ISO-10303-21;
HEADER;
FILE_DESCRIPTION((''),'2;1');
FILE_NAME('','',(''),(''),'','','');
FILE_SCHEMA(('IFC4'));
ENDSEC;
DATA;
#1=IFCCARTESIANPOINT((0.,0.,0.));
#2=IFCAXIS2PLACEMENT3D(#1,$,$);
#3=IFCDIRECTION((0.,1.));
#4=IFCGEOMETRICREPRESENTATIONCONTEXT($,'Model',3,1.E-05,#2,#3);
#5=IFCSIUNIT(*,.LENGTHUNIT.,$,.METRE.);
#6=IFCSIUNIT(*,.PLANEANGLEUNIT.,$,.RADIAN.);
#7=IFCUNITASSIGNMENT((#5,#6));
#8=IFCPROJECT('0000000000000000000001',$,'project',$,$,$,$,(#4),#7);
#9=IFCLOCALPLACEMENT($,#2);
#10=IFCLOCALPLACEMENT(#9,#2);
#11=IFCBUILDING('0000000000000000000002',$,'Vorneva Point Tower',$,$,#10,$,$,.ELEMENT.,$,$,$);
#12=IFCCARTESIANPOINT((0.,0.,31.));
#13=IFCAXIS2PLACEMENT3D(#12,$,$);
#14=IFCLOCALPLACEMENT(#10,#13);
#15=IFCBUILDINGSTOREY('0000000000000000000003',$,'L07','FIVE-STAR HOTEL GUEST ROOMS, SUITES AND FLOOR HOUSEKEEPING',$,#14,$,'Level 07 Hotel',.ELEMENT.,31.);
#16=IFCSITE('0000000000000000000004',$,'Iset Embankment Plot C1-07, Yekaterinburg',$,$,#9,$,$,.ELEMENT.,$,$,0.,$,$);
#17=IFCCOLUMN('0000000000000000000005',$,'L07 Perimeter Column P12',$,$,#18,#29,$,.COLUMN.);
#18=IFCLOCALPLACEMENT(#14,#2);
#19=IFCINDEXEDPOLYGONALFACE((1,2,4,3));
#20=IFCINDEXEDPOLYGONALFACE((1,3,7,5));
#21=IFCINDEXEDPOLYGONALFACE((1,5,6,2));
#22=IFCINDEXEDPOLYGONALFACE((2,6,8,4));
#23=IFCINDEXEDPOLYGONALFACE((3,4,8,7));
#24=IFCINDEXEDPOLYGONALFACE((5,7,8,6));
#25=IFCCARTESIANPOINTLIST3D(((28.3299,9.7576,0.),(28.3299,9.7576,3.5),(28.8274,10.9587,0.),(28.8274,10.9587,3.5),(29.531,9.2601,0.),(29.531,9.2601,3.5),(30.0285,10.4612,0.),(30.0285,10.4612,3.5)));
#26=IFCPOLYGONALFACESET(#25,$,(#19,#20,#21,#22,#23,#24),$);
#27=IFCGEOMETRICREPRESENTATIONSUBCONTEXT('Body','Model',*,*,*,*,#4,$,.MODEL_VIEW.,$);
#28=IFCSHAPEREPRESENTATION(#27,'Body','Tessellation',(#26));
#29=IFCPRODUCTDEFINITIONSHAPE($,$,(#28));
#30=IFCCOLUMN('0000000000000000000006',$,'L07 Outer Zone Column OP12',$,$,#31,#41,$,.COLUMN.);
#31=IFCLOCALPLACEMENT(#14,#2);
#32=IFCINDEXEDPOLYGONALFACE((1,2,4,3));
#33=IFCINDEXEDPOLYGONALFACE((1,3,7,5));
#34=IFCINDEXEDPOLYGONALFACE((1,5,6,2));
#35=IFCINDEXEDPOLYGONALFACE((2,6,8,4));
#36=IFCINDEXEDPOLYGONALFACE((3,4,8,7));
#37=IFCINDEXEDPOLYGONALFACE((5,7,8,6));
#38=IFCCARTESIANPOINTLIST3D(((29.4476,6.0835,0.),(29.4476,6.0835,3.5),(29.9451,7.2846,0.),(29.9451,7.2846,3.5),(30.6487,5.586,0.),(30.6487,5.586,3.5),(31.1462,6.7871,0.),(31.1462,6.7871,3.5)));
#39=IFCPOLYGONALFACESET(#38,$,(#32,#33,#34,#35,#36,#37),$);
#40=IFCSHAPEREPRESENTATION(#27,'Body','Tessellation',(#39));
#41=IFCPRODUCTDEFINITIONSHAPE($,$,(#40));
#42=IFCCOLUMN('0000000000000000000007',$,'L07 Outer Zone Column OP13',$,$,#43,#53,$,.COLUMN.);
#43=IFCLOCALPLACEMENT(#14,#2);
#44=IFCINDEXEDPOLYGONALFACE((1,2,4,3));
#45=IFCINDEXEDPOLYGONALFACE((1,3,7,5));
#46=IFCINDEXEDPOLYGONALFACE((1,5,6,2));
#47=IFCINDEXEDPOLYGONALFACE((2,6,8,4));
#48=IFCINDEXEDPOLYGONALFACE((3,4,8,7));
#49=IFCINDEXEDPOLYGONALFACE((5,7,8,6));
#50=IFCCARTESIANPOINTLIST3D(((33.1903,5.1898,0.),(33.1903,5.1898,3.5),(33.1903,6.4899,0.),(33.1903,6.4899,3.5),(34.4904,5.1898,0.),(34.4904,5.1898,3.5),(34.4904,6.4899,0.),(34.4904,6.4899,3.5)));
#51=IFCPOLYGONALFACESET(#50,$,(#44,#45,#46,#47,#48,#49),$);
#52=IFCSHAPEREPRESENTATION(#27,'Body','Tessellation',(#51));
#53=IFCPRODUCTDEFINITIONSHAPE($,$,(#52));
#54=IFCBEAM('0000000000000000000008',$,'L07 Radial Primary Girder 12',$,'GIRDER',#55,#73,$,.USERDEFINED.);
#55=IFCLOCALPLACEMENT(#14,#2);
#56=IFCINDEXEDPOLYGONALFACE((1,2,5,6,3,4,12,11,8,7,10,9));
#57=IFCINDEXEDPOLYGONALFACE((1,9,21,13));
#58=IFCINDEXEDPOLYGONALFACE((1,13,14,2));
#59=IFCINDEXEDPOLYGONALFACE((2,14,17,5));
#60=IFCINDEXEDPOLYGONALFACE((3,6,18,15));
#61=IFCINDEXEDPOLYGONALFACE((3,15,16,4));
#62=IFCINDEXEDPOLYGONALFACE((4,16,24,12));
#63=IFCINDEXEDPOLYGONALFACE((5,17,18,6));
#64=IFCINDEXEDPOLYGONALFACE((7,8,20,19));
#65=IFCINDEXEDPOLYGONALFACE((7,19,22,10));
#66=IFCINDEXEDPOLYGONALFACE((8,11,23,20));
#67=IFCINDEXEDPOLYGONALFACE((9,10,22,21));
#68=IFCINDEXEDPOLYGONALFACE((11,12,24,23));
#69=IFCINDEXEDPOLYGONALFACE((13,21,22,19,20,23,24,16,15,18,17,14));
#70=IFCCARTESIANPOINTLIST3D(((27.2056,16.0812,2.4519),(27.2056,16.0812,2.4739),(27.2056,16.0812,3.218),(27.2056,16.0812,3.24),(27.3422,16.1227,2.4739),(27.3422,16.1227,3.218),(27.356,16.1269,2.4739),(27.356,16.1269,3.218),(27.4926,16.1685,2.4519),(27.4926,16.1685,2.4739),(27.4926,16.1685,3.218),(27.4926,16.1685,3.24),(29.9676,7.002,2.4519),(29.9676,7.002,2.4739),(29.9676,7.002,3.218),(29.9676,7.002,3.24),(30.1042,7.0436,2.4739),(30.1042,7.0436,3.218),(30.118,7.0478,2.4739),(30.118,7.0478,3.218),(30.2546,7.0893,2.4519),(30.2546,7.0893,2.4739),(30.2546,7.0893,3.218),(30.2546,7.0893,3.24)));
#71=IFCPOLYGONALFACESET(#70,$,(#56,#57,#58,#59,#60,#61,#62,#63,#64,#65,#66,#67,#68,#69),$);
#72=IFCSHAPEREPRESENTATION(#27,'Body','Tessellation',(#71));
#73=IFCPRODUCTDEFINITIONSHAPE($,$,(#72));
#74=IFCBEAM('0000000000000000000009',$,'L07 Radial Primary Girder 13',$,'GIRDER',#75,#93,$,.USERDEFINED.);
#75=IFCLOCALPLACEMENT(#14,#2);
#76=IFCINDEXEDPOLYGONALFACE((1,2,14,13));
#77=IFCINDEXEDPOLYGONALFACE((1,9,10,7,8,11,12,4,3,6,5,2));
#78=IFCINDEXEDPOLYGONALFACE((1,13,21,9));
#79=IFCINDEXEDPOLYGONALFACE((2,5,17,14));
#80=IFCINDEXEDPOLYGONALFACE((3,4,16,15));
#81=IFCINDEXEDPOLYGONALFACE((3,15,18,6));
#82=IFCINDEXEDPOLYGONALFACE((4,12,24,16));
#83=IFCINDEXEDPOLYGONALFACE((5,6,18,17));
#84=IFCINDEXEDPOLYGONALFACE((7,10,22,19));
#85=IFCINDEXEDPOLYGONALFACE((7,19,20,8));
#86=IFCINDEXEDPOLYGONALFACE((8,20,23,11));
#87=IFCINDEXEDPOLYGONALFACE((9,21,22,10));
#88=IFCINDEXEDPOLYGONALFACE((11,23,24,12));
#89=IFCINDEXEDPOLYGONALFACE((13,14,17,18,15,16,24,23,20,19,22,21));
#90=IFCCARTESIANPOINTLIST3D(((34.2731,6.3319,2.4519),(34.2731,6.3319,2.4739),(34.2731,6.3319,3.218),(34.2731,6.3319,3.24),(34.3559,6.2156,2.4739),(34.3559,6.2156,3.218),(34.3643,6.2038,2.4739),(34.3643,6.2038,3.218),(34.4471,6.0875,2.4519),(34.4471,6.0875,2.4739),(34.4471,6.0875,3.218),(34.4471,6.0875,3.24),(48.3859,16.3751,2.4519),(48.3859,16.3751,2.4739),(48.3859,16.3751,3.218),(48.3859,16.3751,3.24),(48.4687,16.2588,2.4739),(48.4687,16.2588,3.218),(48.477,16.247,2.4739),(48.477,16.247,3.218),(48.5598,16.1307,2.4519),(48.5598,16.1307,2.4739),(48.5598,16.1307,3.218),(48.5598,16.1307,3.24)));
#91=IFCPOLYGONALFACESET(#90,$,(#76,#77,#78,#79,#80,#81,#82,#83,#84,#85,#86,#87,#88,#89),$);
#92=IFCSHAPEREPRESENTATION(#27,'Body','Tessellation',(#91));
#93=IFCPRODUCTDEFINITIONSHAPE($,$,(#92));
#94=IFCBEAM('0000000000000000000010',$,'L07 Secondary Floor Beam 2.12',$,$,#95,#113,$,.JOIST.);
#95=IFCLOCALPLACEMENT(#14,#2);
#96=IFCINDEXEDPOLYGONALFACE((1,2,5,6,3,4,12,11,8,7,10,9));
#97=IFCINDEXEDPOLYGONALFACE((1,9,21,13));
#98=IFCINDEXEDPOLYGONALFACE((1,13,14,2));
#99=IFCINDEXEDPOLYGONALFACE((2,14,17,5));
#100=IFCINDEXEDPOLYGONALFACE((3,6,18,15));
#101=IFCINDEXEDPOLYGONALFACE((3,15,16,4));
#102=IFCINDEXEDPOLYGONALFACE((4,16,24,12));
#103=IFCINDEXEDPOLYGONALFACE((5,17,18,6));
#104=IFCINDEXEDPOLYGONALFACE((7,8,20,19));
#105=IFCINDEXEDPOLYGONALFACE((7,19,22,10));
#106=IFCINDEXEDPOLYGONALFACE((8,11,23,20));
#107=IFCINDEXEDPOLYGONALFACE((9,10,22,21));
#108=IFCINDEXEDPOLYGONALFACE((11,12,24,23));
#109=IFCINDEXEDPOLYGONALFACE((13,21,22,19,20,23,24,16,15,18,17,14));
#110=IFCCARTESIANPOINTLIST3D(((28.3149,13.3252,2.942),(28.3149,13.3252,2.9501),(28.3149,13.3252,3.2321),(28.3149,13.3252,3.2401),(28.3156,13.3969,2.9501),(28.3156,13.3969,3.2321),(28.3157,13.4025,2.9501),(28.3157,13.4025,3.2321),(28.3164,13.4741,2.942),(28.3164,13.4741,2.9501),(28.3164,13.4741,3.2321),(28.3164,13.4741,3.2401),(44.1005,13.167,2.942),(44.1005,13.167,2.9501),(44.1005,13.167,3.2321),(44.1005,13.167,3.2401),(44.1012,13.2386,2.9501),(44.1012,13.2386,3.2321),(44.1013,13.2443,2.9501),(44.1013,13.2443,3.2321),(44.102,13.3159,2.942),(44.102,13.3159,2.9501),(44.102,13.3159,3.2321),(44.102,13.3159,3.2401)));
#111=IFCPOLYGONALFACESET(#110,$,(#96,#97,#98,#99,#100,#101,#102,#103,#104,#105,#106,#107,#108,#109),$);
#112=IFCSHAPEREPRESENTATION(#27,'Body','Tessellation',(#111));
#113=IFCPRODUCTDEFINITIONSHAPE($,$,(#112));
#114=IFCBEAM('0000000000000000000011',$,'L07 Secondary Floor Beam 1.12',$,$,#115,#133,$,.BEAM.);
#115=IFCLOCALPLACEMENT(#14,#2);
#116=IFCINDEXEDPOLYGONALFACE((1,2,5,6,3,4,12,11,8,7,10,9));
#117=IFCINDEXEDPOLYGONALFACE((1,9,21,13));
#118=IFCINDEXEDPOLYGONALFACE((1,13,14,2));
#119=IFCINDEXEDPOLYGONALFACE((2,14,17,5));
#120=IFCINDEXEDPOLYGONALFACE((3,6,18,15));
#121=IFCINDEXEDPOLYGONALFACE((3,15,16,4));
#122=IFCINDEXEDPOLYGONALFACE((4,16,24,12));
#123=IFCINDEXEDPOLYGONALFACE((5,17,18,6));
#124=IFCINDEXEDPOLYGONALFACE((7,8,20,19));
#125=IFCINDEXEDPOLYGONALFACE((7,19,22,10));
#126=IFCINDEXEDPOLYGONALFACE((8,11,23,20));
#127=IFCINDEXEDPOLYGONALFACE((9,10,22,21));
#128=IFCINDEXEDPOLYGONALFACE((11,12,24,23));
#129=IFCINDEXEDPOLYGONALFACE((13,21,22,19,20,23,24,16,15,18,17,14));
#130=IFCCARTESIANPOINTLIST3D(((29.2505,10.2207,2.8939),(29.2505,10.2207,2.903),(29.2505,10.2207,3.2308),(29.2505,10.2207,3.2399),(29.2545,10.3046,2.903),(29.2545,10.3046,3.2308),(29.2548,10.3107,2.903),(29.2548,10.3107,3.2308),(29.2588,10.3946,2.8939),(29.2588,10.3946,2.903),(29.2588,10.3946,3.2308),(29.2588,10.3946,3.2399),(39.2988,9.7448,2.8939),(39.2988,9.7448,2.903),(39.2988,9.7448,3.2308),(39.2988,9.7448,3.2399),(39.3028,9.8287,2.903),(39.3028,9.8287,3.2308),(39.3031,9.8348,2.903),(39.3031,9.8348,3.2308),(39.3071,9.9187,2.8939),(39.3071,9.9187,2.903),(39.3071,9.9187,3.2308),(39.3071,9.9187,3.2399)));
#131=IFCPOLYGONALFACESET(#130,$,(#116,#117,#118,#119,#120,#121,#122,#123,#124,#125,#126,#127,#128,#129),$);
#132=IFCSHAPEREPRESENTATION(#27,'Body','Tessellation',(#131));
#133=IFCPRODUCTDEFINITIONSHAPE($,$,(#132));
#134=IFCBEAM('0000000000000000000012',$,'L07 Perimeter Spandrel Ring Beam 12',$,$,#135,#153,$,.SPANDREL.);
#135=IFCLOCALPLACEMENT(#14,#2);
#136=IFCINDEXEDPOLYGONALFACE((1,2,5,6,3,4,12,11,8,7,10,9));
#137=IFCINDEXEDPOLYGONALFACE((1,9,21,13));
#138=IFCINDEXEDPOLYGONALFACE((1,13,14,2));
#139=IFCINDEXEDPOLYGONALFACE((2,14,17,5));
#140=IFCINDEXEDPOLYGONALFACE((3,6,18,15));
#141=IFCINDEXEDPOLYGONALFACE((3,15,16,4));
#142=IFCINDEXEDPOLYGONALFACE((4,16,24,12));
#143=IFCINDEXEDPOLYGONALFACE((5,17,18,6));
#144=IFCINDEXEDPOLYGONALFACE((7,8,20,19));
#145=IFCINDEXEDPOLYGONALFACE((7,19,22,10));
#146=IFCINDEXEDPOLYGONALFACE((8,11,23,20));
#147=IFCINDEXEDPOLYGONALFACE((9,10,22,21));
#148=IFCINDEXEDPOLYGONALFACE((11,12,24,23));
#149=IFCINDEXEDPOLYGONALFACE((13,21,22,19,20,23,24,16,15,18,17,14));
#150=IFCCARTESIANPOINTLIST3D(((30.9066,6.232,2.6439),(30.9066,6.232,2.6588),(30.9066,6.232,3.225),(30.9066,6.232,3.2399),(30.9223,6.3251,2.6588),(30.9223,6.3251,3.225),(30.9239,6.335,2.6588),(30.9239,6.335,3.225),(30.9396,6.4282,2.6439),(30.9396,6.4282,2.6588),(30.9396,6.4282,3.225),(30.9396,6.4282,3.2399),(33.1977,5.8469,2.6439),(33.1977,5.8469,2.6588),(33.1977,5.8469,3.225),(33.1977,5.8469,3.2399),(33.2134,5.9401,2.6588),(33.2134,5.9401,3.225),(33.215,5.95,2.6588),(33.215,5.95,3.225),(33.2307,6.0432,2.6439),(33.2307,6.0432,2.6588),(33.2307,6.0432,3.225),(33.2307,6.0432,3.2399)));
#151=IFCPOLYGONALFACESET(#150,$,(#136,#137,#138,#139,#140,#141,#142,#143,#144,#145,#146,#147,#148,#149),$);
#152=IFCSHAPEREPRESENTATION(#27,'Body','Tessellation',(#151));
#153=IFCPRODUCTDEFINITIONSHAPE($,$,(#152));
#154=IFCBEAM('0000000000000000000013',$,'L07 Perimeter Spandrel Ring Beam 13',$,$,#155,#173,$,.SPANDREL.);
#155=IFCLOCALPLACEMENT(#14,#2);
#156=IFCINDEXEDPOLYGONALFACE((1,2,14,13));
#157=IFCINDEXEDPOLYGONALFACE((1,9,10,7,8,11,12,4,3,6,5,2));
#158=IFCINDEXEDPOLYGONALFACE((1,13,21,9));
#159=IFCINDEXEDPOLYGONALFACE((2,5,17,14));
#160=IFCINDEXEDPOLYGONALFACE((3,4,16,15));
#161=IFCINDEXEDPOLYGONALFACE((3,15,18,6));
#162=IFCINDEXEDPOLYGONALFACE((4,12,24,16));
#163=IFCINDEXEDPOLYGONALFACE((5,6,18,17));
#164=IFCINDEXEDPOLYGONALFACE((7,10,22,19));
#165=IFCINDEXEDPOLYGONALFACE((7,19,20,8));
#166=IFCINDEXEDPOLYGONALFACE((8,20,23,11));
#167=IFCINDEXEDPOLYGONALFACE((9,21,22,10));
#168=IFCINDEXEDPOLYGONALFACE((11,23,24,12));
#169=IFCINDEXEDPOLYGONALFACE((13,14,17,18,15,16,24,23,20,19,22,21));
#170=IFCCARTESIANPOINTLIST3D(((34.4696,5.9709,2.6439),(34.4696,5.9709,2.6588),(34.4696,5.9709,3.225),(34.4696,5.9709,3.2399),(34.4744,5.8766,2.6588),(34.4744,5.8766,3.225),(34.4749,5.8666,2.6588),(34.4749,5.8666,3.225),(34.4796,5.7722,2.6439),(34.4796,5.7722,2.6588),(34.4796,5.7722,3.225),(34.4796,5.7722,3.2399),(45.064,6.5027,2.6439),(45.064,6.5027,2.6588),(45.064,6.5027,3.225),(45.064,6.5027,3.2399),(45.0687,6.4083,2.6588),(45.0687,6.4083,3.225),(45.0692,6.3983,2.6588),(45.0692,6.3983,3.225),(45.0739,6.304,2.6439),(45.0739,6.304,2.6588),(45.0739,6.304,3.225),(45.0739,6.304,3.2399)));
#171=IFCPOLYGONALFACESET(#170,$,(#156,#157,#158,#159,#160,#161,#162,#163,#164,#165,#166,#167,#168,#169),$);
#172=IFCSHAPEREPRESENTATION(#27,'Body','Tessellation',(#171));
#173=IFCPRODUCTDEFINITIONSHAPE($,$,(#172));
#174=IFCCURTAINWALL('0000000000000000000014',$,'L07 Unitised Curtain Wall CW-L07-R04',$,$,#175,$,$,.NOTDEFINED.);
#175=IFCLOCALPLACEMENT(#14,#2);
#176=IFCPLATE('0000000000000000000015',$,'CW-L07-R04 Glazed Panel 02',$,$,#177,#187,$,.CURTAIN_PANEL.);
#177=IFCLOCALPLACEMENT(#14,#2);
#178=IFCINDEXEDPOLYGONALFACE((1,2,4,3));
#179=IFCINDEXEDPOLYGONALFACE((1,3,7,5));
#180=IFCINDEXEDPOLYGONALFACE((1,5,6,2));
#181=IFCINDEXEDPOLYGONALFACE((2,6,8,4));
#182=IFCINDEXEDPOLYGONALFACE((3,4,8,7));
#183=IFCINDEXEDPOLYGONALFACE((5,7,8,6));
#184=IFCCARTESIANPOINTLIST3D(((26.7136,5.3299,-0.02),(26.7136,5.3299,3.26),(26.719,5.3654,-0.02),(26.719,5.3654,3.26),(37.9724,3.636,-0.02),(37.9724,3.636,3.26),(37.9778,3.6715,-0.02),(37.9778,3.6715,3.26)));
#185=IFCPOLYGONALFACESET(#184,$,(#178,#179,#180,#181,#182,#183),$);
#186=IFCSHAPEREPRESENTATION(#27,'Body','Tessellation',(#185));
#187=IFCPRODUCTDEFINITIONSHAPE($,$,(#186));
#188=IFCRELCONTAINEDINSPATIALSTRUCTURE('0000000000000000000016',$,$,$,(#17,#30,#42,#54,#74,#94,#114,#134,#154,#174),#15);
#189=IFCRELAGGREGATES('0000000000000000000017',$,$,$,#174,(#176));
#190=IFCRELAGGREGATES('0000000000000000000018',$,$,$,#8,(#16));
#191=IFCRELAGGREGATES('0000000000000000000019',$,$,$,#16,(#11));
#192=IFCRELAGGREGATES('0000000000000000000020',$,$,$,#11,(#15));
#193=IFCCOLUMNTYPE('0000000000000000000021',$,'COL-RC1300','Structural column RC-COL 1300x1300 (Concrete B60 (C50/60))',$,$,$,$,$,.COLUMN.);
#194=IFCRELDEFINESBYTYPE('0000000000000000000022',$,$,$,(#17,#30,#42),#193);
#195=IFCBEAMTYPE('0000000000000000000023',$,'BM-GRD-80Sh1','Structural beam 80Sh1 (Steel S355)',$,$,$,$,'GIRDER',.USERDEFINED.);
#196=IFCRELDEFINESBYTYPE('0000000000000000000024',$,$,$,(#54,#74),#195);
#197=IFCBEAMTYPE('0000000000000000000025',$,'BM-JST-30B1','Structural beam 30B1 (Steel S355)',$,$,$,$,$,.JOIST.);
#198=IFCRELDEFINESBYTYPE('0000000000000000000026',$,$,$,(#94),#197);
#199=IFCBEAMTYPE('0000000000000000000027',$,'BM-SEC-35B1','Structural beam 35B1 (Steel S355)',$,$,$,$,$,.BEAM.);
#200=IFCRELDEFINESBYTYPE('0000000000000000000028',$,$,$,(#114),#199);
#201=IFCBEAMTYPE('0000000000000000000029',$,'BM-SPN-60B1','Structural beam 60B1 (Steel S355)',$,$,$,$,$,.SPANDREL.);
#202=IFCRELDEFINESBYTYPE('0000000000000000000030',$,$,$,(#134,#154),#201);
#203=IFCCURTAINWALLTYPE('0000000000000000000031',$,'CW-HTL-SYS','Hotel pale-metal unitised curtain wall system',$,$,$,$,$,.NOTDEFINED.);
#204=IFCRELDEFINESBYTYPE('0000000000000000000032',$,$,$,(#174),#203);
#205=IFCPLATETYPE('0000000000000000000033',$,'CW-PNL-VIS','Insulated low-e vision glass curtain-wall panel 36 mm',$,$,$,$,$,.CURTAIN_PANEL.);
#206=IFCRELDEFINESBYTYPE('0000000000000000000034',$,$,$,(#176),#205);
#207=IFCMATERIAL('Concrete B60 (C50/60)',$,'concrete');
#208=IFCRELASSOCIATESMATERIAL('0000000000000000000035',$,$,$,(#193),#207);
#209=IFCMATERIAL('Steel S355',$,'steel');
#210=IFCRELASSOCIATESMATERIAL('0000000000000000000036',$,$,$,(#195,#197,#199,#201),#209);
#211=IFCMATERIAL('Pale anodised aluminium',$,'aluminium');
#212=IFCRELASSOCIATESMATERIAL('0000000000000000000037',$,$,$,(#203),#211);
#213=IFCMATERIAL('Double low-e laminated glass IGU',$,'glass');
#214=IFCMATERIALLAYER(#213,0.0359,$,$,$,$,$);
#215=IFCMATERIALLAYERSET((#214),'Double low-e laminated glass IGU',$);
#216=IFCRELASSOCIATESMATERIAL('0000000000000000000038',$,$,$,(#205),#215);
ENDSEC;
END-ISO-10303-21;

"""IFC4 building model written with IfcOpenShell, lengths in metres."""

from ifc_helpers import new_model, si_unit, direction, frame, origin, origin_2d, place, context, subcontext, project, spatial, rectangle, i_section, extrude, material, layer, layer_set, material_profile, profile_set, type_object, element, aggregate, save


model = new_model("IFC4")

# Units and contexts
model_context = context("Model", 3, precision=1e-05, world=origin(), true_north=direction((0.0, 1.0)))
body_context = subcontext(model_context, "Body", "Model", "MODEL_VIEW")
ifc_project = project(units=[si_unit("LENGTHUNIT", "METRE"), si_unit("PLANEANGLEUNIT", "RADIAN")], contexts=[model_context])

# Site, building, storey
site_placement = place(None, origin())
site = spatial("IfcSite", under=ifc_project, at=site_placement, Name="Iset Embankment Plot C1-07, Yekaterinburg", CompositionType="ELEMENT", RefElevation=0.0)
building_placement = place(site_placement, origin())
building = spatial("IfcBuilding", under=site, at=building_placement, Name="Vorneva Point Tower", CompositionType="ELEMENT")
storey_placement = place(building_placement, frame((0.0, 0.0, 31.0)))
storey = spatial("IfcBuildingStorey", under=building, at=storey_placement, Name="L07", Description="FIVE-STAR HOTEL GUEST ROOMS, SUITES AND FLOOR HOUSEKEEPING", LongName="Level 07 Hotel", CompositionType="ELEMENT", Elevation=31.0)

# Columns
ifc_material_1 = material(Name="Concrete B60 (C50/60)", Category="concrete")
ifc_material_profile_1 = material_profile(ifc_material_1, rectangle(XDim=1.3, YDim=1.3, at=origin_2d()), Name="RC-COL 1300x1300")
ifc_profile_set_1 = profile_set([ifc_material_profile_1], Name="Concrete B60 (C50/60)")
column_type = type_object("IfcColumnType", Name="COL-RC1300", Description="Structural column RC-COL 1300x1300 (Concrete B60 (C50/60))", PredefinedType="COLUMN", material=ifc_profile_set_1)
for number, where, z_axis, x_axis, name in (
    (1, (29.1792, 10.1094, 0.0), (0.0, 0.0, 1.0), (-0.382683, -0.92388, 0.0), "L07 Perimeter Column P12"),
    (2, (30.2969, 6.4353, 0.0), (0.0, 0.0, 1.0), (-0.382683, -0.92388, 0.0), "L07 Outer Zone Column OP12"),
    (3, (33.8403, 5.8398, 0.0), (0.0, 0.0, 1.0), (0.0, -1.0, 0.0), "L07 Outer Zone Column OP13"),
):
    element("IfcColumn", number, at=place(storey_placement, frame(where, z_axis=z_axis, x_axis=x_axis)), inside=storey, type_object=column_type, Name=name, PredefinedType="COLUMN", context=body_context, shape_type="SweptSolid", body=[
        extrude(rectangle(XDim=1.3, YDim=1.3, at=origin_2d()), origin(), (0.0, 0.0, 1.0), 3.5),
    ])

# Beams
ifc_material_2 = material(Name="Steel S355", Category="steel")
ifc_material_profile_2 = material_profile(ifc_material_2, i_section(OverallWidth=0.3, OverallDepth=0.7881, WebThickness=0.0144, FlangeThickness=0.022, at=origin_2d()), Name="80Sh1")
ifc_profile_set_2 = profile_set([ifc_material_profile_2], Name="Steel S355")
beam_type_1 = type_object("IfcBeamType", Name="BM-GRD-80Sh1", Description="Structural beam 80Sh1 (Steel S355)", ElementType="GIRDER", PredefinedType="USERDEFINED", material=ifc_profile_set_2)
beam_1_placement = place(storey_placement, frame((30.1111, 7.0457, 2.8459), z_axis=(-0.291042, 0.95671, 0.0), x_axis=(-0.95671, -0.291042, 0.0)))
element("IfcBeam", 4, at=beam_1_placement, inside=storey, type_object=beam_type_1, Name="L07 Radial Primary Girder 12", ObjectType="GIRDER", PredefinedType="USERDEFINED", context=body_context, shape_type="SweptSolid", body=[
    extrude(i_section(OverallWidth=0.3, OverallDepth=0.7881, WebThickness=0.0144, FlangeThickness=0.022, at=origin_2d()), origin(), (0.0, 0.0, 1.0), 9.49),
])
beam_2_placement = place(storey_placement, frame((34.3601, 6.2097, 2.8459), z_axis=(0.814752, 0.579809, 0.0), x_axis=(-0.579809, 0.814752, 0.0)))
element("IfcBeam", 5, at=beam_2_placement, inside=storey, type_object=beam_type_1, Name="L07 Radial Primary Girder 13", ObjectType="GIRDER", PredefinedType="USERDEFINED", context=body_context, shape_type="SweptSolid", body=[
    extrude(i_section(OverallWidth=0.3, OverallDepth=0.7881, WebThickness=0.0144, FlangeThickness=0.022, at=origin_2d()), origin(), (0.0, 0.0, 1.0), 17.3215),
])
ifc_material_profile_3 = material_profile(ifc_material_2, i_section(OverallWidth=0.1489, OverallDepth=0.2981, WebThickness=0.0056, FlangeThickness=0.0081, at=origin_2d()), Name="30B1")
ifc_profile_set_3 = profile_set([ifc_material_profile_3], Name="Steel S355")
beam_type_2 = type_object("IfcBeamType", Name="BM-JST-30B1", Description="Structural beam 30B1 (Steel S355)", PredefinedType="JOIST", material=ifc_profile_set_3)
beam_3_placement = place(storey_placement, frame((28.3157, 13.3997, 3.0911), z_axis=(0.99995, -0.010021, 0.0), x_axis=(0.010021, 0.99995, 0.0)))
element("IfcBeam", 6, at=beam_3_placement, inside=storey, type_object=beam_type_2, Name="L07 Secondary Floor Beam 2.12", PredefinedType="JOIST", context=body_context, shape_type="SweptSolid", body=[
    extrude(i_section(OverallWidth=0.1489, OverallDepth=0.2981, WebThickness=0.0056, FlangeThickness=0.0081, at=origin_2d()), origin(), (0.0, 0.0, 1.0), 15.7864),
])
ifc_material_profile_4 = material_profile(ifc_material_2, i_section(OverallWidth=0.1741, OverallDepth=0.3459, WebThickness=0.0061, FlangeThickness=0.009, at=origin_2d()), Name="35B1")
ifc_profile_set_4 = profile_set([ifc_material_profile_4], Name="Steel S355")
beam_type_3 = type_object("IfcBeamType", Name="BM-SEC-35B1", Description="Structural beam 35B1 (Steel S355)", PredefinedType="BEAM", material=ifc_profile_set_4)
beam_4_placement = place(storey_placement, frame((29.2546, 10.3076, 3.0669), z_axis=(0.998881, -0.047301, 0.0), x_axis=(0.047301, 0.998881, 0.0)))
element("IfcBeam", 7, at=beam_4_placement, inside=storey, type_object=beam_type_3, Name="L07 Secondary Floor Beam 1.12", PredefinedType="BEAM", context=body_context, shape_type="SweptSolid", body=[
    extrude(i_section(OverallWidth=0.1741, OverallDepth=0.3459, WebThickness=0.0061, FlangeThickness=0.009, at=origin_2d()), origin(), (0.0, 0.0, 1.0), 10.0596),
])
ifc_material_profile_5 = material_profile(ifc_material_2, i_section(OverallWidth=0.199, OverallDepth=0.5959, WebThickness=0.01, FlangeThickness=0.0149, at=origin_2d()), Name="60B1")
ifc_profile_set_5 = profile_set([ifc_material_profile_5], Name="Steel S355")
beam_type_4 = type_object("IfcBeamType", Name="BM-SPN-60B1", Description="Structural beam 60B1 (Steel S355)", PredefinedType="SPANDREL", material=ifc_profile_set_5)
beam_5_placement = place(storey_placement, frame((30.9231, 6.3301, 2.9419), z_axis=(0.986171, -0.165728, 0.0), x_axis=(0.165728, 0.986171, 0.0)))
element("IfcBeam", 8, at=beam_5_placement, inside=storey, type_object=beam_type_4, Name="L07 Perimeter Spandrel Ring Beam 12", PredefinedType="SPANDREL", context=body_context, shape_type="SweptSolid", body=[
    extrude(i_section(OverallWidth=0.199, OverallDepth=0.5959, WebThickness=0.01, FlangeThickness=0.0149, at=origin_2d()), origin(), (0.0, 0.0, 1.0), 2.3232),
])
beam_6_placement = place(storey_placement, frame((34.4746, 5.8716, 2.9419), z_axis=(0.998743, 0.050128, 0.0), x_axis=(-0.050128, 0.998743, 0.0)))
element("IfcBeam", 9, at=beam_6_placement, inside=storey, type_object=beam_type_4, Name="L07 Perimeter Spandrel Ring Beam 13", PredefinedType="SPANDREL", context=body_context, shape_type="SweptSolid", body=[
    extrude(i_section(OverallWidth=0.199, OverallDepth=0.5959, WebThickness=0.01, FlangeThickness=0.0149, at=origin_2d()), origin(), (0.0, 0.0, 1.0), 10.6077),
])

# Curtain wall, plate
ifc_material_3 = material(Name="Pale anodised aluminium", Category="aluminium")
curtain_wall_type = type_object("IfcCurtainWallType", Name="CW-HTL-SYS", Description="Hotel pale-metal unitised curtain wall system", PredefinedType="NOTDEFINED", material=ifc_material_3)
curtain_wall_placement = place(storey_placement, origin())
curtain_wall = element("IfcCurtainWall", 10, at=curtain_wall_placement, inside=storey, type_object=curtain_wall_type, Name="L07 Unitised Curtain Wall CW-L07-R04", PredefinedType="NOTDEFINED")
ifc_material_4 = material(Name="Double low-e laminated glass IGU", Category="glass")
ifc_layer_1 = layer(ifc_material_4, 0.0359)
ifc_layer_set_1 = layer_set([ifc_layer_1], Name="Double low-e laminated glass IGU")
plate_type = type_object("IfcPlateType", Name="CW-PNL-VIS", Description="Insulated low-e vision glass curtain-wall panel 36 mm", PredefinedType="CURTAIN_PANEL", material=ifc_layer_set_1)
plate_placement = place(storey_placement, frame((32.3457, 4.5007, -0.02), z_axis=(0.0, 0.0, 1.0), x_axis=(0.988871, -0.148776, 0.0)))
plate = element("IfcPlate", 11, at=plate_placement, type_object=plate_type, Name="CW-L07-R04 Glazed Panel 02", PredefinedType="CURTAIN_PANEL", context=body_context, shape_type="SweptSolid", body=[
    extrude(rectangle(XDim=11.3855, YDim=0.0359, at=origin_2d()), origin(), (0.0, 0.0, 1.0), 3.28),
])
aggregate(curtain_wall, [plate])

save(model, "model.ifc")
